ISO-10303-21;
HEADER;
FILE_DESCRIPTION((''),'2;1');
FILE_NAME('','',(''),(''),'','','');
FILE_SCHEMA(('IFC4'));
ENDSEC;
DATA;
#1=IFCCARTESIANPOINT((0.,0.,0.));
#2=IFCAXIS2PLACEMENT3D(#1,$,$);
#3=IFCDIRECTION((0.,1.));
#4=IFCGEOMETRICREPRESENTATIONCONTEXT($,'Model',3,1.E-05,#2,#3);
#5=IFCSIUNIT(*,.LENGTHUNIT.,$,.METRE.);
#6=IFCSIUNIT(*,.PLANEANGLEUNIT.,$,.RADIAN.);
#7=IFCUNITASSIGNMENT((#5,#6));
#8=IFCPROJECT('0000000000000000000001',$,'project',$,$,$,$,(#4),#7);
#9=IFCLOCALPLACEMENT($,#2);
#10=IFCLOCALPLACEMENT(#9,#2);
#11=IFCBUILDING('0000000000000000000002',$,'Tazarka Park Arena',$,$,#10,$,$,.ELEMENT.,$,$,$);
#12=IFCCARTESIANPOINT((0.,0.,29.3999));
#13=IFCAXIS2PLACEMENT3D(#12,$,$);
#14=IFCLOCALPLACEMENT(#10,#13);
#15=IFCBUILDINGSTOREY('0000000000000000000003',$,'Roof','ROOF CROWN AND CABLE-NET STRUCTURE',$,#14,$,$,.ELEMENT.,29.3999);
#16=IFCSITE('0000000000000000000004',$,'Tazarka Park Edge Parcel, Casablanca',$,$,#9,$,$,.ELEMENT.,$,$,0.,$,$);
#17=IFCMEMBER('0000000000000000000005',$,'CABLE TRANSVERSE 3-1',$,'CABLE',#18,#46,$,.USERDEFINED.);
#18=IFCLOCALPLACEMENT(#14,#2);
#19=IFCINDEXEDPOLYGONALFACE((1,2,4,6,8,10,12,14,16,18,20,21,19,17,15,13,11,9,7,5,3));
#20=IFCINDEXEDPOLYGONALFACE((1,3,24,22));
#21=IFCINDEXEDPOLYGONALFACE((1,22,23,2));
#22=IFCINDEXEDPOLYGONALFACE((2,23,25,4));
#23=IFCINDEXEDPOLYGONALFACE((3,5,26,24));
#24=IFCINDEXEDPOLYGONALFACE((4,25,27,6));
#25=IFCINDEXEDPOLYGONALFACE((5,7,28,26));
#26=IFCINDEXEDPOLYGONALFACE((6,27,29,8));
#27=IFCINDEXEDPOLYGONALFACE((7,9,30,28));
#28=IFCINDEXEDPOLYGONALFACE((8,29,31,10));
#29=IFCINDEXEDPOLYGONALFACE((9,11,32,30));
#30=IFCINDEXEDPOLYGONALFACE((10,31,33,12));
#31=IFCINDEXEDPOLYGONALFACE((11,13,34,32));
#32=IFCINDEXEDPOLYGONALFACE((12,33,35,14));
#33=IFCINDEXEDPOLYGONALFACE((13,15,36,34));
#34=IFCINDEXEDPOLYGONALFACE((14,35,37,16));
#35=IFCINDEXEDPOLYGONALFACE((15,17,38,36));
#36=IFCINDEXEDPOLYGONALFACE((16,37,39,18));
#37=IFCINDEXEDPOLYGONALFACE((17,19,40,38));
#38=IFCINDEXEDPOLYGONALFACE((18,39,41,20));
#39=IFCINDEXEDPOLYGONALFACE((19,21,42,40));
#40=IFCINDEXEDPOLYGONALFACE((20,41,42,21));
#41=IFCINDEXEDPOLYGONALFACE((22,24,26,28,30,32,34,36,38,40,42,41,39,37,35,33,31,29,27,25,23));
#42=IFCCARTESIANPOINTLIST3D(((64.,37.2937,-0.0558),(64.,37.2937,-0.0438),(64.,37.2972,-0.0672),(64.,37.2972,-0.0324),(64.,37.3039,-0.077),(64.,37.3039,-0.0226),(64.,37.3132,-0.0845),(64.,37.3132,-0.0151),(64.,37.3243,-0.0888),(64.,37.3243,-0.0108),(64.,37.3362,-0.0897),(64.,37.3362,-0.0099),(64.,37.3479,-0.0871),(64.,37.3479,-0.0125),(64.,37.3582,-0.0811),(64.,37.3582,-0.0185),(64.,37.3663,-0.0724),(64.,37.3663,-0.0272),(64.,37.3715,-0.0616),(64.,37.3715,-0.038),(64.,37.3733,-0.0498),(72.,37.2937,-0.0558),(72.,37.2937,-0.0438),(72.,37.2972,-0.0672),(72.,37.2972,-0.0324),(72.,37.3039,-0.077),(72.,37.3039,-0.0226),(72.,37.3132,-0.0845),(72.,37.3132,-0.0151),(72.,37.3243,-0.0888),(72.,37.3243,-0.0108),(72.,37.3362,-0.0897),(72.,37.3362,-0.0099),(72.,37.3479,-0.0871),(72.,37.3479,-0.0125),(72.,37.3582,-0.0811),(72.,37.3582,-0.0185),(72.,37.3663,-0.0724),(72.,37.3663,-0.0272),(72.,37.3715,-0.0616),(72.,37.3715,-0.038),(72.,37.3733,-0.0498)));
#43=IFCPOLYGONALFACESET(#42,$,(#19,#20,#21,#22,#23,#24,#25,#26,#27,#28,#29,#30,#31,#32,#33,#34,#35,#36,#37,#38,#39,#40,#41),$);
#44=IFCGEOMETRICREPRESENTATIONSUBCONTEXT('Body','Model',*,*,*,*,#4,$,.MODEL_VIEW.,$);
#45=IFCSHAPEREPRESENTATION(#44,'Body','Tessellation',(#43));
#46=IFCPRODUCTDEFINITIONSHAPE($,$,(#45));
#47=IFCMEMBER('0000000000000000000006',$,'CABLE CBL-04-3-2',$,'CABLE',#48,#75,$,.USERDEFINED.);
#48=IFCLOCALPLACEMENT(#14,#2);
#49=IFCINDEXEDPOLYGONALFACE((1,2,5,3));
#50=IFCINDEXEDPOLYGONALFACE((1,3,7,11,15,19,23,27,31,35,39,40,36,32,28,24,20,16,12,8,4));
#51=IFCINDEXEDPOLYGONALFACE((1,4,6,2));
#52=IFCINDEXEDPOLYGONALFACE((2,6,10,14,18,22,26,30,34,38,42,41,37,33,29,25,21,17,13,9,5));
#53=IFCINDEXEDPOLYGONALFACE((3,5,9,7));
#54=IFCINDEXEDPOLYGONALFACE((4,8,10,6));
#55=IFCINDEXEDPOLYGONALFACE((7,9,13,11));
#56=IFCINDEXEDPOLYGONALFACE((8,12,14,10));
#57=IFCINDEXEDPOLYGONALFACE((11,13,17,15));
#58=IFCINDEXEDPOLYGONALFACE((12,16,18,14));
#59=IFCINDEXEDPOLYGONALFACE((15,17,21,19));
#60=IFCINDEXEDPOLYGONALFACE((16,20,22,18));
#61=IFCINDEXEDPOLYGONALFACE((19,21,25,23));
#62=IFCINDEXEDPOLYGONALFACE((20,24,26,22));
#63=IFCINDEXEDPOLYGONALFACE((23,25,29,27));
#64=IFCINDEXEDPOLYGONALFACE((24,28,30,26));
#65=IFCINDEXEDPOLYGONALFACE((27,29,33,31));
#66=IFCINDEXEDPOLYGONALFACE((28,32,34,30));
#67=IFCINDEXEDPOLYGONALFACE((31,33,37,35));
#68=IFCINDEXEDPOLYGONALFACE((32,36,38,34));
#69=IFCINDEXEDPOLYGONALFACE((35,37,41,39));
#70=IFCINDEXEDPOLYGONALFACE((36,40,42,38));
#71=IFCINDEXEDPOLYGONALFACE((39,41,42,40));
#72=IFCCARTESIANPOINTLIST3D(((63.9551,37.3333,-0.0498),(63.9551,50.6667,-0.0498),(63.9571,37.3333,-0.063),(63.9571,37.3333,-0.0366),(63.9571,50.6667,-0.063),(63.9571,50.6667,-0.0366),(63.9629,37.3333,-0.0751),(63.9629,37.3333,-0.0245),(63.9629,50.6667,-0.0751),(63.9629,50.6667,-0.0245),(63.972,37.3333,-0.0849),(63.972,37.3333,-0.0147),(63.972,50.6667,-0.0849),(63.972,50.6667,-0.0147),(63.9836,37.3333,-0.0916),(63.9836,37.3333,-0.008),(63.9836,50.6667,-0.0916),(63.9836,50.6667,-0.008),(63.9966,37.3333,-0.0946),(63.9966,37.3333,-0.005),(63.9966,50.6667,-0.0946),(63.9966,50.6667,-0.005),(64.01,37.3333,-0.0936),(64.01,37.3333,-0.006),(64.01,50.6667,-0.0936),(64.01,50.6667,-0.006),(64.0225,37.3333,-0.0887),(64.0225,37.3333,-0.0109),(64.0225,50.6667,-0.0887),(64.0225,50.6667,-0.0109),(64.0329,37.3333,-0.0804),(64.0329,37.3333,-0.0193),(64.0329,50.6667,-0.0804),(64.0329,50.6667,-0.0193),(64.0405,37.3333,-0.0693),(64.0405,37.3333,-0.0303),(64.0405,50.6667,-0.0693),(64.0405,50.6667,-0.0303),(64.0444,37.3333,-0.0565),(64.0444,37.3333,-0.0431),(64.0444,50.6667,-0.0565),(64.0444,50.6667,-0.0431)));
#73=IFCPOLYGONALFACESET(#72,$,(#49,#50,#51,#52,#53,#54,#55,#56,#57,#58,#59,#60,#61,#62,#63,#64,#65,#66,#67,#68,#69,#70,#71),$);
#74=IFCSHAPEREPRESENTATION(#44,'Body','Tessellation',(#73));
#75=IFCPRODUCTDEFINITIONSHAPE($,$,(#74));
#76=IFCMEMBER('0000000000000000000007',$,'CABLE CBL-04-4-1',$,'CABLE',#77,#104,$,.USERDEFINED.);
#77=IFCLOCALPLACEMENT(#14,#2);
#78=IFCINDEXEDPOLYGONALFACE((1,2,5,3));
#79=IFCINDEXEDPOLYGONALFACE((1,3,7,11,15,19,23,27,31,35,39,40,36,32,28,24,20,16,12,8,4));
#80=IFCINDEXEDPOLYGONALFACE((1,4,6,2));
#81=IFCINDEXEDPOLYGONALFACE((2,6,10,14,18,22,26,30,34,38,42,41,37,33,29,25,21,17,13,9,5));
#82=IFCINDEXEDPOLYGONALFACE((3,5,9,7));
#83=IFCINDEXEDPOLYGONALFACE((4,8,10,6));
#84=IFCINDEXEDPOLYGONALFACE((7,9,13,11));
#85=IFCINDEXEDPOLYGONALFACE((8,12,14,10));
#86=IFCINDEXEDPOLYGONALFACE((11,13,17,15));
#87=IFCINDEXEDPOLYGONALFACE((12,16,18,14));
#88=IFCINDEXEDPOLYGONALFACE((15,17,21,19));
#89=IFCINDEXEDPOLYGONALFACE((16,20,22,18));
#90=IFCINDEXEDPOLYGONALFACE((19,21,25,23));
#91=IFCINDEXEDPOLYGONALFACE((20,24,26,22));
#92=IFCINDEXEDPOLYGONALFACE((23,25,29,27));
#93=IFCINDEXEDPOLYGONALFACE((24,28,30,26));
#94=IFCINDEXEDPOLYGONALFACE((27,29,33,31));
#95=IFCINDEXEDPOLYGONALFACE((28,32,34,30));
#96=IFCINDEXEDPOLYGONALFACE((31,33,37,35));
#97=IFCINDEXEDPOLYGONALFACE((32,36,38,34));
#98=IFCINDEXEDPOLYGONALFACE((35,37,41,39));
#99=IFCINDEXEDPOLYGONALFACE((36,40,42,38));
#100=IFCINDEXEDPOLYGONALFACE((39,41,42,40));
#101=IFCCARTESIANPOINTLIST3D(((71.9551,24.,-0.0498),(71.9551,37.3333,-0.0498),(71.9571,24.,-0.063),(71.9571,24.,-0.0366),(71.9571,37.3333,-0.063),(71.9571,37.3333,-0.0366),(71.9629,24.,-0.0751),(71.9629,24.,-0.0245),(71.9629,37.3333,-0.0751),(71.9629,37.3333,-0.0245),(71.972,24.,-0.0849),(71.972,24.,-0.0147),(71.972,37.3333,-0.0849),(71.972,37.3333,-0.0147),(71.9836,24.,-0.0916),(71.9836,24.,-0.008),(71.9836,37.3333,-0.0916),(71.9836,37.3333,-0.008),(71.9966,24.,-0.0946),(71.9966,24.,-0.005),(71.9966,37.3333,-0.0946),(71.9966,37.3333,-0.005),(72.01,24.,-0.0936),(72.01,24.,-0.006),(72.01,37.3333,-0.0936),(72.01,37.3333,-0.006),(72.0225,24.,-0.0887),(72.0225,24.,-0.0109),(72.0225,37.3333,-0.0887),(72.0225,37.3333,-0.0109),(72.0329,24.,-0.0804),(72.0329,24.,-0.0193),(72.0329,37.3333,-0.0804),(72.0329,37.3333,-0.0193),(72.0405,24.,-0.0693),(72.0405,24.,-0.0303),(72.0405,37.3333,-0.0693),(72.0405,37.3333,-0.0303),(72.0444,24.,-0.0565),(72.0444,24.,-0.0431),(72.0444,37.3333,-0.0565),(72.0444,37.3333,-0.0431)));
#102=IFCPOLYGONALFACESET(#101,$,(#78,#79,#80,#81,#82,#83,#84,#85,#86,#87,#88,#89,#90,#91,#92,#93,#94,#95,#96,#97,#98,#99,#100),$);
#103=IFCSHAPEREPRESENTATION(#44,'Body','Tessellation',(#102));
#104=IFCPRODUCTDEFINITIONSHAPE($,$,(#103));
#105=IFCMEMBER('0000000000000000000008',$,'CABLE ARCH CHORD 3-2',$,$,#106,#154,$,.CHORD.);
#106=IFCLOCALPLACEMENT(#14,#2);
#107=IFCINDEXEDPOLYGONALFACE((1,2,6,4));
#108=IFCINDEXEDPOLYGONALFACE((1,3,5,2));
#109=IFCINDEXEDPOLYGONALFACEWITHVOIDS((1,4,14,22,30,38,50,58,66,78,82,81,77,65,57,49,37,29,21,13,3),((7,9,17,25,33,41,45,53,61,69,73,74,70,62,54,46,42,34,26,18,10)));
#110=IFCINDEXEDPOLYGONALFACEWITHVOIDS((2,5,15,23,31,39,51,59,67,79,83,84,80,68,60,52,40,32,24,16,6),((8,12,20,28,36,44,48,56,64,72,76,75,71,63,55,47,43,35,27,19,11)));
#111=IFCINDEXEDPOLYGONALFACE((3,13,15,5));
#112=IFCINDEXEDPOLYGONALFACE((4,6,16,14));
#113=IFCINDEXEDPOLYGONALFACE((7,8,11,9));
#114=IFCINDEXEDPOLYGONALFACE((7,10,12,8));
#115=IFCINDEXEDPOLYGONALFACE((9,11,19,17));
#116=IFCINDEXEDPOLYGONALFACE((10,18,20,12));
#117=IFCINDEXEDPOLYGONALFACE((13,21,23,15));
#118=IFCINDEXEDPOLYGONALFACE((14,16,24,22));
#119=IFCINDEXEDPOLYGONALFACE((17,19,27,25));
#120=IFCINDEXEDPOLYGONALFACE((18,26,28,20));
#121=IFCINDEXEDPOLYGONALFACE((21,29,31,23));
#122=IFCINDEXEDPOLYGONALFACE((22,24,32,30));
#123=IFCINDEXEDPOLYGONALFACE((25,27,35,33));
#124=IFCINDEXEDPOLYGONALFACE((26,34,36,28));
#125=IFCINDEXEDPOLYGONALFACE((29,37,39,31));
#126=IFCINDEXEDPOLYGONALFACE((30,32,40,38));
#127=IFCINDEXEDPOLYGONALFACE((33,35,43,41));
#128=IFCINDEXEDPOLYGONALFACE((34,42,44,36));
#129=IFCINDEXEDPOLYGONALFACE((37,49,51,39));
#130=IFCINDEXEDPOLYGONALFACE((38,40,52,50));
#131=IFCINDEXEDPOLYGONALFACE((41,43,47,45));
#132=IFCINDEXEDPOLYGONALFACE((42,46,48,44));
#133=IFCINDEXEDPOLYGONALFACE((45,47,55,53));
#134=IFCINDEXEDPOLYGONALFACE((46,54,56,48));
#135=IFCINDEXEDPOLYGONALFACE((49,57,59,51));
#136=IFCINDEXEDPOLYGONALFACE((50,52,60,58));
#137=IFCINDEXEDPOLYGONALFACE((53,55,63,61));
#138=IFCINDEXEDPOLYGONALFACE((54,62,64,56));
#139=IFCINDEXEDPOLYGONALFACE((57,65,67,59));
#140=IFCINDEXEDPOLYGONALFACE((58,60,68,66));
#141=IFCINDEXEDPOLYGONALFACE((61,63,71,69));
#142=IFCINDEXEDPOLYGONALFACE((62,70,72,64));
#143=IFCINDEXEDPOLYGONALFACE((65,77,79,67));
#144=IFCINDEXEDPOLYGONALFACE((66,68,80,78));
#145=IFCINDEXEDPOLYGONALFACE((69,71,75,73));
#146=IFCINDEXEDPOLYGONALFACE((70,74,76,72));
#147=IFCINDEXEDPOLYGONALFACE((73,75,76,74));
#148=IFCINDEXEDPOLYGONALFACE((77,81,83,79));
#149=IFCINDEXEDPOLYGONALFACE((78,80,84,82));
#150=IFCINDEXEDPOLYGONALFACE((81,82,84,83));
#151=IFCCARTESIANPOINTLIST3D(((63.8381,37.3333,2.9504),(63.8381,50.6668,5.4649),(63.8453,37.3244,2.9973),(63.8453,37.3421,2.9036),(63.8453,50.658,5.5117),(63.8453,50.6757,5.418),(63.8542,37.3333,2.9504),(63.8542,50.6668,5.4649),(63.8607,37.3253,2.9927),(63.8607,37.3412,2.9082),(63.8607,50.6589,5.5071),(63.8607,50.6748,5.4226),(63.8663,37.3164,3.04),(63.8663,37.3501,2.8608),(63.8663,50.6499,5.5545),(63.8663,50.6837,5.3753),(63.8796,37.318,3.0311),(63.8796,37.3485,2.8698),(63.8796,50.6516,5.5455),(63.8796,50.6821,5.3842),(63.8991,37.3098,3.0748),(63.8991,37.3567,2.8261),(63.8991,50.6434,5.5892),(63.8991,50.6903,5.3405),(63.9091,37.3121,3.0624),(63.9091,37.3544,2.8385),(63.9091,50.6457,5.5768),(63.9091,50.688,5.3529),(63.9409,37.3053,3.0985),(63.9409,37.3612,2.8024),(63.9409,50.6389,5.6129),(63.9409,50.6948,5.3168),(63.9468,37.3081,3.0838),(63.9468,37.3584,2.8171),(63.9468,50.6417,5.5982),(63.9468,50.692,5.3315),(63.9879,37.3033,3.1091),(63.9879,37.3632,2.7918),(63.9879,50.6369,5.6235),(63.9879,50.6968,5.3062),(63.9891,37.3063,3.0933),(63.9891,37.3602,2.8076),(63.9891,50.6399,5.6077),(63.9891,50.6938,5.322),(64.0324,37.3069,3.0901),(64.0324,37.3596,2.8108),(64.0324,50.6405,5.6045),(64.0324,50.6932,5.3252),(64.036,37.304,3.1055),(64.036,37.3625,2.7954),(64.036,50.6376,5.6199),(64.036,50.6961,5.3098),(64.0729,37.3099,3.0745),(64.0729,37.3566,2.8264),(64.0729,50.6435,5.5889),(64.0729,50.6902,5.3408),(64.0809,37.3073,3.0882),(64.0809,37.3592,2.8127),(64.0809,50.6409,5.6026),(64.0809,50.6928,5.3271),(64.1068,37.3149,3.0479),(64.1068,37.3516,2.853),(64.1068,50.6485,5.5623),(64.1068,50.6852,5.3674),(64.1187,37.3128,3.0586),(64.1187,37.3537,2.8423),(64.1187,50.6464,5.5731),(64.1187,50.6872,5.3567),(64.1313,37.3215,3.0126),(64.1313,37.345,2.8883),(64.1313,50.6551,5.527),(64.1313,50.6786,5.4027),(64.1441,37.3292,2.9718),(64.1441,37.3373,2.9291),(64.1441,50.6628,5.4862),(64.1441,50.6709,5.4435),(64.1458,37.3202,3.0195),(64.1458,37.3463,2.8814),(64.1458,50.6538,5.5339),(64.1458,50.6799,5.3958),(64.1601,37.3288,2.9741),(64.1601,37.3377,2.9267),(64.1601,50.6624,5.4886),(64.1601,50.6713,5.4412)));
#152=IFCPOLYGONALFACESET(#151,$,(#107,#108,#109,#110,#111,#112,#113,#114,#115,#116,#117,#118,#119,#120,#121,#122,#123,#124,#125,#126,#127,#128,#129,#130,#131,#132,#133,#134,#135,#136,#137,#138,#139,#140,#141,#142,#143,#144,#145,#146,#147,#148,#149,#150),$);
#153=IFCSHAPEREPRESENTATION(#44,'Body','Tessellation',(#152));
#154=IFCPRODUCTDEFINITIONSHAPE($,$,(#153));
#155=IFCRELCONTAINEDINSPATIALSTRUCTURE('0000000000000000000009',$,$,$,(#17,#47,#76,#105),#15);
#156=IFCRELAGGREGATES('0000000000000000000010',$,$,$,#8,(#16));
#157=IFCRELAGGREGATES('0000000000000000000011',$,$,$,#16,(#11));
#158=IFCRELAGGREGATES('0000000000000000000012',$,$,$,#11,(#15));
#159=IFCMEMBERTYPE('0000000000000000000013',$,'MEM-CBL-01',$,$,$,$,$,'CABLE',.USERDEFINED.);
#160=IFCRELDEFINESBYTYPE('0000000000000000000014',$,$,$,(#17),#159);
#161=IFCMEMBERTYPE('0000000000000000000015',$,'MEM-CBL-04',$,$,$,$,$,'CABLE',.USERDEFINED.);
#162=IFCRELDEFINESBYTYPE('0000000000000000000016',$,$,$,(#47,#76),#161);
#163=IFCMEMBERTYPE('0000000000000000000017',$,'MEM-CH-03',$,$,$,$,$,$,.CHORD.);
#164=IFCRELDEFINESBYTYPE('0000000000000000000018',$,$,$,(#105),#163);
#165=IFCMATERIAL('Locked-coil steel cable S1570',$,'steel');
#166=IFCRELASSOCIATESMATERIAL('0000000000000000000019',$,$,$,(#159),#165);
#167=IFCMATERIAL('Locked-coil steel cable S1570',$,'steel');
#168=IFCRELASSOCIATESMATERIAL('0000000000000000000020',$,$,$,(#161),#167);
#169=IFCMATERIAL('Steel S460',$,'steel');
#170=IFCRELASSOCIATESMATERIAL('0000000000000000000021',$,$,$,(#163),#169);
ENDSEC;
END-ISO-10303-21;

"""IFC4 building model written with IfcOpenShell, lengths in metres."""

from ifc_helpers import new_model, si_unit, direction, frame, origin, origin_2d, place, context, subcontext, project, spatial, circle, hollow_circle, extrude, material, material_profile, profile_set, type_object, element, save


model = new_model("IFC4")

# Units and contexts
model_context = context("Model", 3, precision=1e-05, world=origin(), true_north=direction((0.0, 1.0)))
body_context = subcontext(model_context, "Body", "Model", "MODEL_VIEW")
ifc_project = project(units=[si_unit("LENGTHUNIT", "METRE"), si_unit("PLANEANGLEUNIT", "RADIAN")], contexts=[model_context])

# Site, building, storey
site_placement = place(None, origin())
site = spatial("IfcSite", under=ifc_project, at=site_placement, Name="Tazarka Park Edge Parcel, Casablanca", CompositionType="ELEMENT", RefElevation=0.0)
building_placement = place(site_placement, origin())
building = spatial("IfcBuilding", under=site, at=building_placement, Name="Tazarka Park Arena", CompositionType="ELEMENT")
storey_placement = place(building_placement, frame((0.0, 0.0, 29.3999)))
storey = spatial("IfcBuildingStorey", under=building, at=storey_placement, Name="Roof", Description="ROOF CROWN AND CABLE-NET STRUCTURE", CompositionType="ELEMENT", Elevation=29.3999)

# Members
ifc_material_1 = material(Name="Locked-coil steel cable S1570", Category="steel")
ifc_material_profile_1 = material_profile(ifc_material_1, circle(Radius=0.04, at=origin_2d()), Name="Locked-coil steel cable S1570")
ifc_profile_set_1 = profile_set([ifc_material_profile_1], Name="Locked-coil steel cable S1570")
member_type_1 = type_object("IfcMemberType", Name="MEM-CBL-01", ElementType="CABLE", PredefinedType="USERDEFINED", material=ifc_profile_set_1)
member_1_placement = place(storey_placement, frame((64.0, 37.3333, -0.0498), z_axis=(1.0, 0.0, 0.0), x_axis=(0.0, 1.0, 0.0)))
element("IfcMember", 1, at=member_1_placement, inside=storey, type_object=member_type_1, Name="CABLE TRANSVERSE 3-1", ObjectType="CABLE", PredefinedType="USERDEFINED", context=body_context, shape_type="SweptSolid", body=[
    extrude(circle(Radius=0.04, at=origin_2d()), origin(), (0.0, 0.0, 1.0), 8.0),
])
ifc_material_2 = material(Name="Locked-coil steel cable S1570", Category="steel")
ifc_material_profile_2 = material_profile(ifc_material_2, circle(Radius=0.0449, at=origin_2d()), Name="Locked-coil steel cable S1570")
ifc_profile_set_2 = profile_set([ifc_material_profile_2], Name="Locked-coil steel cable S1570")
member_type_2 = type_object("IfcMemberType", Name="MEM-CBL-04", ElementType="CABLE", PredefinedType="USERDEFINED", material=ifc_profile_set_2)
member_2_placement = place(storey_placement, frame((64.0, 37.3333, -0.0498), z_axis=(0.0, 1.0, 0.0), x_axis=(-1.0, 0.0, 0.0)))
element("IfcMember", 2, at=member_2_placement, inside=storey, type_object=member_type_2, Name="CABLE CBL-04-3-2", ObjectType="CABLE", PredefinedType="USERDEFINED", context=body_context, shape_type="SweptSolid", body=[
    extrude(circle(Radius=0.0449, at=origin_2d()), origin(), (0.0, 0.0, 1.0), 13.3335),
])
member_3_placement = place(storey_placement, frame((72.0, 24.0, -0.0498), z_axis=(0.0, 1.0, 0.0), x_axis=(-1.0, 0.0, 0.0)))
element("IfcMember", 3, at=member_3_placement, inside=storey, type_object=member_type_2, Name="CABLE CBL-04-4-1", ObjectType="CABLE", PredefinedType="USERDEFINED", context=body_context, shape_type="SweptSolid", body=[
    extrude(circle(Radius=0.0449, at=origin_2d()), origin(), (0.0, 0.0, 1.0), 13.3333),
])
ifc_material_3 = material(Name="Steel S460", Category="steel")
ifc_material_profile_3 = material_profile(ifc_material_3, hollow_circle(Radius=0.1619, WallThickness=0.0161, at=origin_2d()), Name="Steel S460")
ifc_profile_set_3 = profile_set([ifc_material_profile_3], Name="Steel S460")
member_type_3 = type_object("IfcMemberType", Name="MEM-CH-03", PredefinedType="CHORD", material=ifc_profile_set_3)
member_4_placement = place(storey_placement, frame((64.0, 37.3333, 2.9504), z_axis=(0.0, 0.98268, 0.185312), x_axis=(-1.0, 0.0, 0.0)))
element("IfcMember", 4, at=member_4_placement, inside=storey, type_object=member_type_3, Name="CABLE ARCH CHORD 3-2", PredefinedType="CHORD", context=body_context, shape_type="SweptSolid", body=[
    extrude(hollow_circle(Radius=0.1619, WallThickness=0.0161, at=origin_2d()), origin(), (0.0, 0.0, 1.0), 13.5686),
])

save(model, "model.ifc")
